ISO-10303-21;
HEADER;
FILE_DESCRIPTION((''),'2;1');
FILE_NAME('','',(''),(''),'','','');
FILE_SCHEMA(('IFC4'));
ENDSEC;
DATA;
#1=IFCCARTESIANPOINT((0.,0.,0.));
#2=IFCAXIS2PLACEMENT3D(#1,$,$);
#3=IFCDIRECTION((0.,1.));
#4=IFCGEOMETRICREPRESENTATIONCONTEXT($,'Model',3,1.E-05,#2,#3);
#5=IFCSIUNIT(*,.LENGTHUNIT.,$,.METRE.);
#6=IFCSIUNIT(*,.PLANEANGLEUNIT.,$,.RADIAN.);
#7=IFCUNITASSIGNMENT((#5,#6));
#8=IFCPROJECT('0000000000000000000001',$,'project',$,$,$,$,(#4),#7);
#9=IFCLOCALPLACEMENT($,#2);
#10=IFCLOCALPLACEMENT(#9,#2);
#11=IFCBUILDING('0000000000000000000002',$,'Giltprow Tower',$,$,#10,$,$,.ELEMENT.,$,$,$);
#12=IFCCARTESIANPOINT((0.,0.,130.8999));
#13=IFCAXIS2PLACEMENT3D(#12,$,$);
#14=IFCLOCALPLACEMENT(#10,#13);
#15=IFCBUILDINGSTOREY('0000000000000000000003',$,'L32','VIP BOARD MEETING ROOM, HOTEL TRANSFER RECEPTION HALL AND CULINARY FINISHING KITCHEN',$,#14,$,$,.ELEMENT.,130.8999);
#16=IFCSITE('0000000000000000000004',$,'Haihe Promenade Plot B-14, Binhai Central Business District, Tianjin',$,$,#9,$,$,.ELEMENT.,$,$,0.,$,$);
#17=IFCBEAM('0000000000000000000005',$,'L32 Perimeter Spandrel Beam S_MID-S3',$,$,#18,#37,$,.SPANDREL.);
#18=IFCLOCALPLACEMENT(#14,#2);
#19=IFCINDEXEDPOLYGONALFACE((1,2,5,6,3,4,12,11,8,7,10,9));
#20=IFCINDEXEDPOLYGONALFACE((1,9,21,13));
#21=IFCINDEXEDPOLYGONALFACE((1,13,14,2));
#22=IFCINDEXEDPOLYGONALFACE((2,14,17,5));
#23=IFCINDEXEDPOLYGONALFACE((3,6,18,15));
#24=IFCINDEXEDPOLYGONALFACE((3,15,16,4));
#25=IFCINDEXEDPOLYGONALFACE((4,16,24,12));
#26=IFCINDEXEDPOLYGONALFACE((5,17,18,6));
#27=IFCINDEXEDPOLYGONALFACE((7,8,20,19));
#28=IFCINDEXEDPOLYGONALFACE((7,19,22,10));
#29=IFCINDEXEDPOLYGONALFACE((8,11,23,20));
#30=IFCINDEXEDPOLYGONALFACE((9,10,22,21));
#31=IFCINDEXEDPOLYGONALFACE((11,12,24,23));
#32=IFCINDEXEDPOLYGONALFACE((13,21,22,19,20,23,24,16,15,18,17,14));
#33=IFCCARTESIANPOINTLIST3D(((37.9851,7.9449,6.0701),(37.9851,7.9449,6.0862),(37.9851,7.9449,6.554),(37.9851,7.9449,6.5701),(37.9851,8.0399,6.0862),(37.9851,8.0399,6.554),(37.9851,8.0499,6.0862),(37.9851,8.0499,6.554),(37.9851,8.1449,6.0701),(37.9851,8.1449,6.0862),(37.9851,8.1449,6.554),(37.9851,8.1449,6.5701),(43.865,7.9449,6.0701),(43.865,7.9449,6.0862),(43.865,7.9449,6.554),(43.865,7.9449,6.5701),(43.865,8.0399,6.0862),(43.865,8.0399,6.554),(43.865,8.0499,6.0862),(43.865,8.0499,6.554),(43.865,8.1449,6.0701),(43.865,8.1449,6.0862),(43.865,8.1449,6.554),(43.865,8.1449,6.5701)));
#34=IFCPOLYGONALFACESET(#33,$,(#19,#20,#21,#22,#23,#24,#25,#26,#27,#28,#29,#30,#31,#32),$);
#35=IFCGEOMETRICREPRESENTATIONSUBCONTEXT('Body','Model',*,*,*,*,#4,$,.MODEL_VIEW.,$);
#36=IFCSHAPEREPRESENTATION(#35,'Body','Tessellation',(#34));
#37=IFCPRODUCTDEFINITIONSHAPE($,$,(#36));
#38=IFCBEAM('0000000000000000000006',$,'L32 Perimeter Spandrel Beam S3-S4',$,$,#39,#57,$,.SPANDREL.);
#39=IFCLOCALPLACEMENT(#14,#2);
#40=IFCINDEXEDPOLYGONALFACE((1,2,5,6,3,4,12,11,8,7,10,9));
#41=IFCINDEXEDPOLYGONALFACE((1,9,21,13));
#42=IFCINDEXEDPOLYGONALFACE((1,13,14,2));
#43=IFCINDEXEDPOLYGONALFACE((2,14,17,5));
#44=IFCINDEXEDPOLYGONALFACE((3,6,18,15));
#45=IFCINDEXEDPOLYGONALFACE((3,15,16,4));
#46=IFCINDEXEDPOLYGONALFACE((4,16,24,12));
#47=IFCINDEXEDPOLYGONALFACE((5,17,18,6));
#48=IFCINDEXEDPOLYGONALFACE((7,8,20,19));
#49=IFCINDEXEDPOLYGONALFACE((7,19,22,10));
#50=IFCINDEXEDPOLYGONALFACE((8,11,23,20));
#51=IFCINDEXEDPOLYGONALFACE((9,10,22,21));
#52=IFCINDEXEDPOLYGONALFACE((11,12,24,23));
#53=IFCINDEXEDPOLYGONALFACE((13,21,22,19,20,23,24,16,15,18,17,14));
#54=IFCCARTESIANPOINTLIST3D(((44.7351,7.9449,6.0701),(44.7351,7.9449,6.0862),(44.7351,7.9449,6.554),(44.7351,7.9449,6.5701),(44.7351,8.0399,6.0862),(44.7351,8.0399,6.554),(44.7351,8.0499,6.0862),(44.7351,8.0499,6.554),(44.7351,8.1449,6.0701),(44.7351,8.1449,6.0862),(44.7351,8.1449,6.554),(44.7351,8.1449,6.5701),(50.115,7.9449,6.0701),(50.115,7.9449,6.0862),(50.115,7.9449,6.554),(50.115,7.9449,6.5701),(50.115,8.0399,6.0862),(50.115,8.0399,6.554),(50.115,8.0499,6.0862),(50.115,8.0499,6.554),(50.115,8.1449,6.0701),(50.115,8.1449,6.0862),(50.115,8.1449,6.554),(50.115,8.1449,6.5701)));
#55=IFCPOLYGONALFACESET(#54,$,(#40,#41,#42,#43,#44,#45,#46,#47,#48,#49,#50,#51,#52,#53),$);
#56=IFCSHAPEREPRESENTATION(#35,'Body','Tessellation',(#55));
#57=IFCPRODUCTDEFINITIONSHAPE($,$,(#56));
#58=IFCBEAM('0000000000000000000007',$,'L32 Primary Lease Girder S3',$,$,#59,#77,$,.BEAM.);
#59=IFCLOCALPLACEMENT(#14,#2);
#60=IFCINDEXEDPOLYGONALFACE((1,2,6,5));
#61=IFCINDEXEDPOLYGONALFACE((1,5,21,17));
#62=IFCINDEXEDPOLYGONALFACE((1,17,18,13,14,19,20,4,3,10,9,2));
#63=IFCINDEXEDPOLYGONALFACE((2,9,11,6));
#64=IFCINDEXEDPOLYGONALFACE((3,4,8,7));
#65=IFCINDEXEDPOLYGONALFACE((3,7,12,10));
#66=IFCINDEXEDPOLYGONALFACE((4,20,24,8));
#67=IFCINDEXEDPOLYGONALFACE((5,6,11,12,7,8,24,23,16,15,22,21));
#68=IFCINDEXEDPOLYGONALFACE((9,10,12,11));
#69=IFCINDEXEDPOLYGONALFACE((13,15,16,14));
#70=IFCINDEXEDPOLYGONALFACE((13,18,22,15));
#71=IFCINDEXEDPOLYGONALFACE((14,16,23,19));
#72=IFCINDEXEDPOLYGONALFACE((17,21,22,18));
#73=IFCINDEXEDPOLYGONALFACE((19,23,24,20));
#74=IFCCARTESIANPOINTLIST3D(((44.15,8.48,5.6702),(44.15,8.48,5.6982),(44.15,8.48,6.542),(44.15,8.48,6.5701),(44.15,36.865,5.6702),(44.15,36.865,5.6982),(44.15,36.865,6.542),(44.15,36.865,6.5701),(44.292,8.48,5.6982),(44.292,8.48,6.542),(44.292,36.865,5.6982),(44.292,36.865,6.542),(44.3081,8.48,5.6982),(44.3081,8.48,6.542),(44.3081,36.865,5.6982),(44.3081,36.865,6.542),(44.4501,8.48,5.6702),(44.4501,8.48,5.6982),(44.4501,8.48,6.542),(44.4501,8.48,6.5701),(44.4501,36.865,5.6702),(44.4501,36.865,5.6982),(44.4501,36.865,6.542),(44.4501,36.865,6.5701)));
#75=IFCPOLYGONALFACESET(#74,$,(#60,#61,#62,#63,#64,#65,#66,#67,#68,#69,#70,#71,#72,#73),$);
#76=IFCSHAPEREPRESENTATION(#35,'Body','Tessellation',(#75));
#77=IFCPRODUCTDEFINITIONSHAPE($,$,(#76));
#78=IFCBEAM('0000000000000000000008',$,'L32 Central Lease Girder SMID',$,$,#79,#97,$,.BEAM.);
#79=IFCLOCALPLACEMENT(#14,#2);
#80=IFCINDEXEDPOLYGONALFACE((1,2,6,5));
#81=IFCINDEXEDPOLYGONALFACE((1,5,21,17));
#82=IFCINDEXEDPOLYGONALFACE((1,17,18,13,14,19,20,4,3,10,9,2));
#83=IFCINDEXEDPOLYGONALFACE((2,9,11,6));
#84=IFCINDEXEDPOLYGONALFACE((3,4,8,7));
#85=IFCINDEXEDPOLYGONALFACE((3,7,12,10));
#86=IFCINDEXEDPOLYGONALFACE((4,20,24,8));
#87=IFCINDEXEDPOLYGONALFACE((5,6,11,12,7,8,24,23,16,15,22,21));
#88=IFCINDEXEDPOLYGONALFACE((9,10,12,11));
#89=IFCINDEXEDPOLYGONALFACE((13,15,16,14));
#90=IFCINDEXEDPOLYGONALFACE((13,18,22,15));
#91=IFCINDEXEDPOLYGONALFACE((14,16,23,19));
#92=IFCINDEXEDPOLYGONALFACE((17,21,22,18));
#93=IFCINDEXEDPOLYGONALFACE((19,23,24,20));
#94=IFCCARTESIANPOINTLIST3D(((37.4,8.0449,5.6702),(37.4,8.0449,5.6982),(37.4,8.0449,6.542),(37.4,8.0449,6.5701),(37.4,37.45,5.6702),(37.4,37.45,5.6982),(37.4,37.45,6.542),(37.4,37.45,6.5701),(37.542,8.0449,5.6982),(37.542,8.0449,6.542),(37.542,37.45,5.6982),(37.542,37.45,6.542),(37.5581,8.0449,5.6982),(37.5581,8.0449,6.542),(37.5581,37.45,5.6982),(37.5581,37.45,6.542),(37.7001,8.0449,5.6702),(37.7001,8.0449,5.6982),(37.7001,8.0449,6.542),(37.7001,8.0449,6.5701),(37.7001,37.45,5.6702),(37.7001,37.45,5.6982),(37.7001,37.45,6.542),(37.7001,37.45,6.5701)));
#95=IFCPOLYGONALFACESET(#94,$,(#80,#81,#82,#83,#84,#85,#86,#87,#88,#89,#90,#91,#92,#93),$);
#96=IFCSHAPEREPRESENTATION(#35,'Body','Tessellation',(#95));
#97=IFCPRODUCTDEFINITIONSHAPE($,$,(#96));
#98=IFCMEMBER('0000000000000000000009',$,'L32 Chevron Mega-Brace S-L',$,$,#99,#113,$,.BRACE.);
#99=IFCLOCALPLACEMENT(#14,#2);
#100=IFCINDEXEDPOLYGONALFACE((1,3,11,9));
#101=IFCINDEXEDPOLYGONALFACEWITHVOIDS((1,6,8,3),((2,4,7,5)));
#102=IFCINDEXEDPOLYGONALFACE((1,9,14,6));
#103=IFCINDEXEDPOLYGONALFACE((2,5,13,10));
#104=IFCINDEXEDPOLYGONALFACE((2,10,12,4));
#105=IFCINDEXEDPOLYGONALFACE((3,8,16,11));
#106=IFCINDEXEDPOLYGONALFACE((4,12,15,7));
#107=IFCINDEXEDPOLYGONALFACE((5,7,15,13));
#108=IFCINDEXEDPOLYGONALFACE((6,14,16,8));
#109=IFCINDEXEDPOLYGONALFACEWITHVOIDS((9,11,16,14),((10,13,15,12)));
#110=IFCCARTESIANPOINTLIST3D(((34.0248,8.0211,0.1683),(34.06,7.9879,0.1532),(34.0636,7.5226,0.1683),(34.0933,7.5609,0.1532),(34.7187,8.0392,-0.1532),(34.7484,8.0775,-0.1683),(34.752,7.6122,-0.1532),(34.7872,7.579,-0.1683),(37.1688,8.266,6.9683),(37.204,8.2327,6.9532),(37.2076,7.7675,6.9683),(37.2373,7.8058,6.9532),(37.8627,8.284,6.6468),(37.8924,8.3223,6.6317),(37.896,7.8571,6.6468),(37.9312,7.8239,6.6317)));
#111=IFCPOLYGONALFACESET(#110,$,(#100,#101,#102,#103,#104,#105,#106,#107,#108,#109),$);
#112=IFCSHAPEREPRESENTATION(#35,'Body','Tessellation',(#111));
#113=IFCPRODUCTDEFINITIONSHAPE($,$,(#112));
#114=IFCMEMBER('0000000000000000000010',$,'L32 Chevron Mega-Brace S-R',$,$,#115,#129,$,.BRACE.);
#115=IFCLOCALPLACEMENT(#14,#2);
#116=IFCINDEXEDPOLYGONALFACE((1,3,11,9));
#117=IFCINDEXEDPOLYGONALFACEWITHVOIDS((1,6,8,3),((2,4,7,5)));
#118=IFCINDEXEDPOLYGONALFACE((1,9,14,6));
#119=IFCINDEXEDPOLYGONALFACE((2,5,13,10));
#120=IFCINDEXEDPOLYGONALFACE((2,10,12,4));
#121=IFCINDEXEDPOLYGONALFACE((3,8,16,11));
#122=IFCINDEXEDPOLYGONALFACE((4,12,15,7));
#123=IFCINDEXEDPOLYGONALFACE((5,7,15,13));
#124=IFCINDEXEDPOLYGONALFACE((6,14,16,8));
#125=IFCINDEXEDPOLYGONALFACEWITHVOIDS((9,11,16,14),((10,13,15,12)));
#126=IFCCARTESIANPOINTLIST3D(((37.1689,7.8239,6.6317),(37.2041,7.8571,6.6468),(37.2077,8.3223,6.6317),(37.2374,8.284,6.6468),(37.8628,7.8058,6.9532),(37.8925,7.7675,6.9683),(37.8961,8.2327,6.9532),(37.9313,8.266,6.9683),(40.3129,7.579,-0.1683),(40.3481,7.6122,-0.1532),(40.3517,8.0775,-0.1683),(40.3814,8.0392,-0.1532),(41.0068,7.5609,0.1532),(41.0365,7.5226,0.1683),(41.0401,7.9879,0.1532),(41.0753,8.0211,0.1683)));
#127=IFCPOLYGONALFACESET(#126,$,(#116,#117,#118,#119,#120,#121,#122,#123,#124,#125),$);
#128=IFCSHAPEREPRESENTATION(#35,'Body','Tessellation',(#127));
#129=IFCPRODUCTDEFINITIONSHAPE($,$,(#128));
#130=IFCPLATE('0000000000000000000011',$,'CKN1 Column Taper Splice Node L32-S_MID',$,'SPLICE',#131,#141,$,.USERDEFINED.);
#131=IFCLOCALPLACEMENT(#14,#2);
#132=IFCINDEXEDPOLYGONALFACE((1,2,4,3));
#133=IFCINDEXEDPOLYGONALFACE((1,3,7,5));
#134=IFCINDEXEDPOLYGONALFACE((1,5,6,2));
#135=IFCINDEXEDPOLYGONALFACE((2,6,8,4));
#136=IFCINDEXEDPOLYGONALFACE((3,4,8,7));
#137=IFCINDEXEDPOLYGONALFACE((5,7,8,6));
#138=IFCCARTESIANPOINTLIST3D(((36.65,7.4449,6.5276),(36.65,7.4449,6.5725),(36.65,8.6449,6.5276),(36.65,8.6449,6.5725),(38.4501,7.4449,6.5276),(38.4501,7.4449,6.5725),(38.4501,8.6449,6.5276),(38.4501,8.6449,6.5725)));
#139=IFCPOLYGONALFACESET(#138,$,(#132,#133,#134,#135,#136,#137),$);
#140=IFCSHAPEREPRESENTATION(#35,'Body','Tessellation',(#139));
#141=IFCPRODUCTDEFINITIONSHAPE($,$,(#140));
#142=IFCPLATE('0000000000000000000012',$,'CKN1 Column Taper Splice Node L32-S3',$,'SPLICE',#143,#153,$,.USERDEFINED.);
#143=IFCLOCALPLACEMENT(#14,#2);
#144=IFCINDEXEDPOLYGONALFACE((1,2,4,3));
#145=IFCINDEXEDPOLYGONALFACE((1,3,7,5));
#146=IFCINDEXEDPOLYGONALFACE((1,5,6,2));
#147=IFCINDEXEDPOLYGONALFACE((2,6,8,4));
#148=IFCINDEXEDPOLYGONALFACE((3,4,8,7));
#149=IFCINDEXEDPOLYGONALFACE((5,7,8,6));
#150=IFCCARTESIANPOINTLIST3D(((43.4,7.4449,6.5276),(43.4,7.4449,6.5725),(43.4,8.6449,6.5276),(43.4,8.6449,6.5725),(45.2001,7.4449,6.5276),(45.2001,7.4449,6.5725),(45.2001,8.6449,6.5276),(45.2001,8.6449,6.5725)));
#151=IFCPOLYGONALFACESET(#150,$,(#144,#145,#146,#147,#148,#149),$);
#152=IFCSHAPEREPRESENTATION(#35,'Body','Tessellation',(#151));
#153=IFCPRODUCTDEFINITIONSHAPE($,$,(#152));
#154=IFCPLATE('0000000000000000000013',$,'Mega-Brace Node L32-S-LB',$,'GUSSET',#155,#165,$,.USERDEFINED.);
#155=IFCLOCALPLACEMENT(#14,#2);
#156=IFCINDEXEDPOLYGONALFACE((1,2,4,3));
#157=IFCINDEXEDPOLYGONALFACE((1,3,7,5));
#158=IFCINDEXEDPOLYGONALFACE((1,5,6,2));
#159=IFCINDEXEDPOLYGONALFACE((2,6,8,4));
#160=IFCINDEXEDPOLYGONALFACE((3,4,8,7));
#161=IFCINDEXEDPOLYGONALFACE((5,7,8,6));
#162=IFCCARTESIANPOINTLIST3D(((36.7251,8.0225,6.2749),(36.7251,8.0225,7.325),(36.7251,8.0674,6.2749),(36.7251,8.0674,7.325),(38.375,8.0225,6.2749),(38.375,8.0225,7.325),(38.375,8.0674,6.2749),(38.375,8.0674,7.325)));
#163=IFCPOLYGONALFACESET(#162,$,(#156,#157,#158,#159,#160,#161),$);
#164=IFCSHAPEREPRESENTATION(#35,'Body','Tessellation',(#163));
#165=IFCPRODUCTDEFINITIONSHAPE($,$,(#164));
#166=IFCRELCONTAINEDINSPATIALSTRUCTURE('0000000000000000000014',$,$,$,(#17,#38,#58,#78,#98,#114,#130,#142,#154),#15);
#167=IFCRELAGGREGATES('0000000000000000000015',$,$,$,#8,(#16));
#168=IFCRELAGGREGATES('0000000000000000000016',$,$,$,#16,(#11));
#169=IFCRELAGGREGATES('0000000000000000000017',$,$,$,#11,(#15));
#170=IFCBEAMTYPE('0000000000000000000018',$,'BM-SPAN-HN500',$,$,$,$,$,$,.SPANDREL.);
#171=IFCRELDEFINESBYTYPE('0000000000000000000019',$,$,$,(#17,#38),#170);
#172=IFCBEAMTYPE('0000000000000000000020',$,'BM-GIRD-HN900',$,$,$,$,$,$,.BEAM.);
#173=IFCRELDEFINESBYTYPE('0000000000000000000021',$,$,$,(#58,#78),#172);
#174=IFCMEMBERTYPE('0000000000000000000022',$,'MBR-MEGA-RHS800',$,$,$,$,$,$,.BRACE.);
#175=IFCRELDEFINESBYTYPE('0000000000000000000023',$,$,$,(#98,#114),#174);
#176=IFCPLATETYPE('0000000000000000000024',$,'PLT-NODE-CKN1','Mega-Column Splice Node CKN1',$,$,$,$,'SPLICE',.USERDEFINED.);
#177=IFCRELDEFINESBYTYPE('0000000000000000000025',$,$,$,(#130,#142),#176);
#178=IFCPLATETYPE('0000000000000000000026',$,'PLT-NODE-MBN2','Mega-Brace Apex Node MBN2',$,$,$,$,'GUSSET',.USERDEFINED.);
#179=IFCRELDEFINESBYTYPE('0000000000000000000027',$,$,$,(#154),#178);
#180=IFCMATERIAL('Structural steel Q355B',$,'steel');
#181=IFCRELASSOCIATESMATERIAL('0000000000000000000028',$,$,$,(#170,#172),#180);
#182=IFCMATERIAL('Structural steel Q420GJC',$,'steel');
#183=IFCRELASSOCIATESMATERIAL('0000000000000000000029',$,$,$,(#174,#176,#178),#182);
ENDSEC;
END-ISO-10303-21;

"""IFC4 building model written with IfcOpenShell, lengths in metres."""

from ifc_helpers import new_model, si_unit, direction, frame, origin, origin_2d, place, context, subcontext, project, spatial, rectangle, hollow_rectangle, i_section, extrude, source, transform, mapped, material, material_profile, profile_set, type_object, element, save


model = new_model("IFC4")

# Units and contexts
model_context = context("Model", 3, precision=1e-05, world=origin(), true_north=direction((0.0, 1.0)))
body_context = subcontext(model_context, "Body", "Model", "MODEL_VIEW")
ifc_project = project(units=[si_unit("LENGTHUNIT", "METRE"), si_unit("PLANEANGLEUNIT", "RADIAN")], contexts=[model_context])

# Site, building, storey
site_placement = place(None, origin())
site = spatial("IfcSite", under=ifc_project, at=site_placement, Name="Haihe Promenade Plot B-14, Binhai Central Business District, Tianjin", CompositionType="ELEMENT", RefElevation=0.0)
building_placement = place(site_placement, origin())
building = spatial("IfcBuilding", under=site, at=building_placement, Name="Giltprow Tower", CompositionType="ELEMENT")
storey_placement = place(building_placement, frame((0.0, 0.0, 130.8999)))
storey = spatial("IfcBuildingStorey", under=building, at=storey_placement, Name="L32", Description="VIP BOARD MEETING ROOM, HOTEL TRANSFER RECEPTION HALL AND CULINARY FINISHING KITCHEN", CompositionType="ELEMENT", Elevation=130.8999)

# Shared definitions
ifc_material_1 = material(Name="Structural steel Q420GJC", Category="steel")

# Beams
ifc_material_2 = material(Name="Structural steel Q355B", Category="steel")
ifc_material_profile_1 = material_profile(ifc_material_2, i_section(OverallWidth=0.2, OverallDepth=0.5, WebThickness=0.01, FlangeThickness=0.0161, at=origin_2d()), Name="HN 500x200x10x16")
ifc_profile_set_1 = profile_set([ifc_material_profile_1], Name="Structural steel Q355B")
beam_type_1 = type_object("IfcBeamType", Name="BM-SPAN-HN500", PredefinedType="SPANDREL", material=ifc_profile_set_1)
shared_shape_1 = source(origin(), body_context, "Body", "SweptSolid", [
    extrude(i_section(OverallWidth=0.2, OverallDepth=0.5, WebThickness=0.01, FlangeThickness=0.0161, at=origin_2d()), origin(), (0.0, 0.0, 1.0), 5.8799),
])
for number, where, z_axis, x_axis, name in (
    (1, (37.9851, 8.0449, 6.3201), (1.0, 0.0, 0.0), (0.0, 1.0, 0.0), "L32 Perimeter Spandrel Beam S_MID-S3"),
):
    element("IfcBeam", number, at=place(storey_placement, frame(where, z_axis=z_axis, x_axis=x_axis)), inside=storey, type_object=beam_type_1, Name=name, PredefinedType="SPANDREL", context=body_context, shape_type="MappedRepresentation", body=[
        mapped(shared_shape_1, transform((0.0, 0.0, 0.0), x_axis=(1.0, 0.0, 0.0), y_axis=(0.0, 1.0, 0.0), z_axis=(0.0, 0.0, 1.0), scale=1.0)),
    ])
shared_shape_2 = source(origin(), body_context, "Body", "SweptSolid", [
    extrude(i_section(OverallWidth=0.2, OverallDepth=0.5, WebThickness=0.01, FlangeThickness=0.0161, at=origin_2d()), origin(), (0.0, 0.0, 1.0), 5.3799),
])
beam_1_placement = place(storey_placement, frame((44.7351, 8.0449, 6.3201), z_axis=(1.0, 0.0, 0.0), x_axis=(0.0, 1.0, 0.0)))
element("IfcBeam", 2, at=beam_1_placement, inside=storey, type_object=beam_type_1, Name="L32 Perimeter Spandrel Beam S3-S4", PredefinedType="SPANDREL", context=body_context, shape_type="MappedRepresentation", body=[
    mapped(shared_shape_2, transform((0.0, 0.0, 0.0), x_axis=(1.0, 0.0, 0.0), y_axis=(0.0, 1.0, 0.0), z_axis=(0.0, 0.0, 1.0), scale=1.0)),
])
ifc_material_profile_2 = material_profile(ifc_material_2, i_section(OverallWidth=0.3, OverallDepth=0.8999, WebThickness=0.0161, FlangeThickness=0.0281, at=origin_2d()), Name="HN 900x300x16x28")
ifc_profile_set_2 = profile_set([ifc_material_profile_2], Name="Structural steel Q355B")
beam_type_2 = type_object("IfcBeamType", Name="BM-GIRD-HN900", PredefinedType="BEAM", material=ifc_profile_set_2)
shared_shape_3 = source(origin(), body_context, "Body", "SweptSolid", [
    extrude(i_section(OverallWidth=0.3, OverallDepth=0.8999, WebThickness=0.0161, FlangeThickness=0.0281, at=origin_2d()), origin(), (0.0, 0.0, 1.0), 28.385),
])
beam_2_placement = place(storey_placement, frame((44.3, 8.48, 6.1201), z_axis=(0.0, 1.0, 0.0), x_axis=(-1.0, 0.0, 0.0)))
element("IfcBeam", 3, at=beam_2_placement, inside=storey, type_object=beam_type_2, Name="L32 Primary Lease Girder S3", PredefinedType="BEAM", context=body_context, shape_type="MappedRepresentation", body=[
    mapped(shared_shape_3, transform((0.0, 0.0, 0.0), x_axis=(1.0, 0.0, 0.0), y_axis=(0.0, 1.0, 0.0), z_axis=(0.0, 0.0, 1.0), scale=1.0)),
])
shared_shape_4 = source(origin(), body_context, "Body", "SweptSolid", [
    extrude(i_section(OverallWidth=0.3, OverallDepth=0.8999, WebThickness=0.0161, FlangeThickness=0.0281, at=origin_2d()), origin(), (0.0, 0.0, 1.0), 29.405),
])
beam_3_placement = place(storey_placement, frame((37.55, 8.0449, 6.1201), z_axis=(0.0, 1.0, 0.0), x_axis=(-1.0, 0.0, 0.0)))
element("IfcBeam", 4, at=beam_3_placement, inside=storey, type_object=beam_type_2, Name="L32 Central Lease Girder SMID", PredefinedType="BEAM", context=body_context, shape_type="MappedRepresentation", body=[
    mapped(shared_shape_4, transform((0.0, 0.0, 0.0), x_axis=(1.0, 0.0, 0.0), y_axis=(0.0, 1.0, 0.0), z_axis=(0.0, 0.0, 1.0), scale=1.0)),
])

# Members
ifc_material_profile_3 = material_profile(ifc_material_1, hollow_rectangle(XDim=0.5, YDim=0.8, WallThickness=0.0359, at=origin_2d()), Name="RHS 800x500x36")
ifc_profile_set_3 = profile_set([ifc_material_profile_3], Name="Structural steel Q420GJC")
member_type = type_object("IfcMemberType", Name="MBR-MEGA-RHS800", PredefinedType="BRACE", material=ifc_profile_set_3)
shared_shape_5 = source(origin(), body_context, "Body", "SweptSolid", [
    extrude(hollow_rectangle(XDim=0.5, YDim=0.8, WallThickness=0.0359, at=origin_2d()), origin(), (0.0, 0.0, 1.0), 7.4956),
])
for number, where, z_axis, x_axis, name in (
    (5, (34.406, 7.8, 0.0), (0.419446, 0.032668, 0.907192), (-0.07765, 0.996981, 0.0), "L32 Chevron Mega-Brace S-L"),
    (6, (40.6941, 7.8, 0.0), (-0.419446, 0.032668, 0.907192), (-0.07765, -0.996981, 0.0), "L32 Chevron Mega-Brace S-R"),
):
    element("IfcMember", number, at=place(storey_placement, frame(where, z_axis=z_axis, x_axis=x_axis)), inside=storey, type_object=member_type, Name=name, PredefinedType="BRACE", context=body_context, shape_type="MappedRepresentation", body=[
        mapped(shared_shape_5, transform((0.0, 0.0, 0.0), x_axis=(1.0, 0.0, 0.0), y_axis=(0.0, 1.0, 0.0), z_axis=(0.0, 0.0, 1.0), scale=1.0)),
    ])

# Plates
plate_type_1 = type_object("IfcPlateType", Name="PLT-NODE-CKN1", Description="Mega-Column Splice Node CKN1", ElementType="SPLICE", PredefinedType="USERDEFINED", material=ifc_material_1)
shared_shape_6 = source(origin(), body_context, "Body", "SweptSolid", [
    extrude(rectangle(XDim=1.8, YDim=1.2, at=origin_2d()), origin(), (0.0, 0.0, 1.0), 0.0449),
])
for number, where, z_axis, x_axis, name in (
    (7, (37.55, 8.0449, 6.5276), (0.0, 0.0, 1.0), (1.0, 0.0, 0.0), "CKN1 Column Taper Splice Node L32-S_MID"),
    (8, (44.3, 8.0449, 6.5276), (0.0, 0.0, 1.0), (1.0, 0.0, 0.0), "CKN1 Column Taper Splice Node L32-S3"),
):
    element("IfcPlate", number, at=place(storey_placement, frame(where, z_axis=z_axis, x_axis=x_axis)), inside=storey, type_object=plate_type_1, Name=name, ObjectType="SPLICE", PredefinedType="USERDEFINED", context=body_context, shape_type="MappedRepresentation", body=[
        mapped(shared_shape_6, transform((0.0, 0.0, 0.0), x_axis=(1.0, 0.0, 0.0), y_axis=(0.0, 1.0, 0.0), z_axis=(0.0, 0.0, 1.0), scale=1.0)),
    ])
plate_type_2 = type_object("IfcPlateType", Name="PLT-NODE-MBN2", Description="Mega-Brace Apex Node MBN2", ElementType="GUSSET", PredefinedType="USERDEFINED", material=ifc_material_1)
shared_shape_7 = source(origin(), body_context, "Body", "SweptSolid", [
    extrude(rectangle(XDim=1.6499, YDim=0.0449, at=origin_2d()), origin(), (0.0, 0.0, 1.0), 1.05),
])
plate_placement = place(storey_placement, frame((37.55, 8.0449, 6.2749), z_axis=(0.0, 0.0, 1.0), x_axis=(1.0, 0.0, 0.0)))
element("IfcPlate", 9, at=plate_placement, inside=storey, type_object=plate_type_2, Name="Mega-Brace Node L32-S-LB", ObjectType="GUSSET", PredefinedType="USERDEFINED", context=body_context, shape_type="MappedRepresentation", body=[
    mapped(shared_shape_7, transform((0.0, 0.0, 0.0), x_axis=(1.0, 0.0, 0.0), y_axis=(0.0, 1.0, 0.0), z_axis=(0.0, 0.0, 1.0), scale=1.0)),
])

save(model, "model.ifc")
